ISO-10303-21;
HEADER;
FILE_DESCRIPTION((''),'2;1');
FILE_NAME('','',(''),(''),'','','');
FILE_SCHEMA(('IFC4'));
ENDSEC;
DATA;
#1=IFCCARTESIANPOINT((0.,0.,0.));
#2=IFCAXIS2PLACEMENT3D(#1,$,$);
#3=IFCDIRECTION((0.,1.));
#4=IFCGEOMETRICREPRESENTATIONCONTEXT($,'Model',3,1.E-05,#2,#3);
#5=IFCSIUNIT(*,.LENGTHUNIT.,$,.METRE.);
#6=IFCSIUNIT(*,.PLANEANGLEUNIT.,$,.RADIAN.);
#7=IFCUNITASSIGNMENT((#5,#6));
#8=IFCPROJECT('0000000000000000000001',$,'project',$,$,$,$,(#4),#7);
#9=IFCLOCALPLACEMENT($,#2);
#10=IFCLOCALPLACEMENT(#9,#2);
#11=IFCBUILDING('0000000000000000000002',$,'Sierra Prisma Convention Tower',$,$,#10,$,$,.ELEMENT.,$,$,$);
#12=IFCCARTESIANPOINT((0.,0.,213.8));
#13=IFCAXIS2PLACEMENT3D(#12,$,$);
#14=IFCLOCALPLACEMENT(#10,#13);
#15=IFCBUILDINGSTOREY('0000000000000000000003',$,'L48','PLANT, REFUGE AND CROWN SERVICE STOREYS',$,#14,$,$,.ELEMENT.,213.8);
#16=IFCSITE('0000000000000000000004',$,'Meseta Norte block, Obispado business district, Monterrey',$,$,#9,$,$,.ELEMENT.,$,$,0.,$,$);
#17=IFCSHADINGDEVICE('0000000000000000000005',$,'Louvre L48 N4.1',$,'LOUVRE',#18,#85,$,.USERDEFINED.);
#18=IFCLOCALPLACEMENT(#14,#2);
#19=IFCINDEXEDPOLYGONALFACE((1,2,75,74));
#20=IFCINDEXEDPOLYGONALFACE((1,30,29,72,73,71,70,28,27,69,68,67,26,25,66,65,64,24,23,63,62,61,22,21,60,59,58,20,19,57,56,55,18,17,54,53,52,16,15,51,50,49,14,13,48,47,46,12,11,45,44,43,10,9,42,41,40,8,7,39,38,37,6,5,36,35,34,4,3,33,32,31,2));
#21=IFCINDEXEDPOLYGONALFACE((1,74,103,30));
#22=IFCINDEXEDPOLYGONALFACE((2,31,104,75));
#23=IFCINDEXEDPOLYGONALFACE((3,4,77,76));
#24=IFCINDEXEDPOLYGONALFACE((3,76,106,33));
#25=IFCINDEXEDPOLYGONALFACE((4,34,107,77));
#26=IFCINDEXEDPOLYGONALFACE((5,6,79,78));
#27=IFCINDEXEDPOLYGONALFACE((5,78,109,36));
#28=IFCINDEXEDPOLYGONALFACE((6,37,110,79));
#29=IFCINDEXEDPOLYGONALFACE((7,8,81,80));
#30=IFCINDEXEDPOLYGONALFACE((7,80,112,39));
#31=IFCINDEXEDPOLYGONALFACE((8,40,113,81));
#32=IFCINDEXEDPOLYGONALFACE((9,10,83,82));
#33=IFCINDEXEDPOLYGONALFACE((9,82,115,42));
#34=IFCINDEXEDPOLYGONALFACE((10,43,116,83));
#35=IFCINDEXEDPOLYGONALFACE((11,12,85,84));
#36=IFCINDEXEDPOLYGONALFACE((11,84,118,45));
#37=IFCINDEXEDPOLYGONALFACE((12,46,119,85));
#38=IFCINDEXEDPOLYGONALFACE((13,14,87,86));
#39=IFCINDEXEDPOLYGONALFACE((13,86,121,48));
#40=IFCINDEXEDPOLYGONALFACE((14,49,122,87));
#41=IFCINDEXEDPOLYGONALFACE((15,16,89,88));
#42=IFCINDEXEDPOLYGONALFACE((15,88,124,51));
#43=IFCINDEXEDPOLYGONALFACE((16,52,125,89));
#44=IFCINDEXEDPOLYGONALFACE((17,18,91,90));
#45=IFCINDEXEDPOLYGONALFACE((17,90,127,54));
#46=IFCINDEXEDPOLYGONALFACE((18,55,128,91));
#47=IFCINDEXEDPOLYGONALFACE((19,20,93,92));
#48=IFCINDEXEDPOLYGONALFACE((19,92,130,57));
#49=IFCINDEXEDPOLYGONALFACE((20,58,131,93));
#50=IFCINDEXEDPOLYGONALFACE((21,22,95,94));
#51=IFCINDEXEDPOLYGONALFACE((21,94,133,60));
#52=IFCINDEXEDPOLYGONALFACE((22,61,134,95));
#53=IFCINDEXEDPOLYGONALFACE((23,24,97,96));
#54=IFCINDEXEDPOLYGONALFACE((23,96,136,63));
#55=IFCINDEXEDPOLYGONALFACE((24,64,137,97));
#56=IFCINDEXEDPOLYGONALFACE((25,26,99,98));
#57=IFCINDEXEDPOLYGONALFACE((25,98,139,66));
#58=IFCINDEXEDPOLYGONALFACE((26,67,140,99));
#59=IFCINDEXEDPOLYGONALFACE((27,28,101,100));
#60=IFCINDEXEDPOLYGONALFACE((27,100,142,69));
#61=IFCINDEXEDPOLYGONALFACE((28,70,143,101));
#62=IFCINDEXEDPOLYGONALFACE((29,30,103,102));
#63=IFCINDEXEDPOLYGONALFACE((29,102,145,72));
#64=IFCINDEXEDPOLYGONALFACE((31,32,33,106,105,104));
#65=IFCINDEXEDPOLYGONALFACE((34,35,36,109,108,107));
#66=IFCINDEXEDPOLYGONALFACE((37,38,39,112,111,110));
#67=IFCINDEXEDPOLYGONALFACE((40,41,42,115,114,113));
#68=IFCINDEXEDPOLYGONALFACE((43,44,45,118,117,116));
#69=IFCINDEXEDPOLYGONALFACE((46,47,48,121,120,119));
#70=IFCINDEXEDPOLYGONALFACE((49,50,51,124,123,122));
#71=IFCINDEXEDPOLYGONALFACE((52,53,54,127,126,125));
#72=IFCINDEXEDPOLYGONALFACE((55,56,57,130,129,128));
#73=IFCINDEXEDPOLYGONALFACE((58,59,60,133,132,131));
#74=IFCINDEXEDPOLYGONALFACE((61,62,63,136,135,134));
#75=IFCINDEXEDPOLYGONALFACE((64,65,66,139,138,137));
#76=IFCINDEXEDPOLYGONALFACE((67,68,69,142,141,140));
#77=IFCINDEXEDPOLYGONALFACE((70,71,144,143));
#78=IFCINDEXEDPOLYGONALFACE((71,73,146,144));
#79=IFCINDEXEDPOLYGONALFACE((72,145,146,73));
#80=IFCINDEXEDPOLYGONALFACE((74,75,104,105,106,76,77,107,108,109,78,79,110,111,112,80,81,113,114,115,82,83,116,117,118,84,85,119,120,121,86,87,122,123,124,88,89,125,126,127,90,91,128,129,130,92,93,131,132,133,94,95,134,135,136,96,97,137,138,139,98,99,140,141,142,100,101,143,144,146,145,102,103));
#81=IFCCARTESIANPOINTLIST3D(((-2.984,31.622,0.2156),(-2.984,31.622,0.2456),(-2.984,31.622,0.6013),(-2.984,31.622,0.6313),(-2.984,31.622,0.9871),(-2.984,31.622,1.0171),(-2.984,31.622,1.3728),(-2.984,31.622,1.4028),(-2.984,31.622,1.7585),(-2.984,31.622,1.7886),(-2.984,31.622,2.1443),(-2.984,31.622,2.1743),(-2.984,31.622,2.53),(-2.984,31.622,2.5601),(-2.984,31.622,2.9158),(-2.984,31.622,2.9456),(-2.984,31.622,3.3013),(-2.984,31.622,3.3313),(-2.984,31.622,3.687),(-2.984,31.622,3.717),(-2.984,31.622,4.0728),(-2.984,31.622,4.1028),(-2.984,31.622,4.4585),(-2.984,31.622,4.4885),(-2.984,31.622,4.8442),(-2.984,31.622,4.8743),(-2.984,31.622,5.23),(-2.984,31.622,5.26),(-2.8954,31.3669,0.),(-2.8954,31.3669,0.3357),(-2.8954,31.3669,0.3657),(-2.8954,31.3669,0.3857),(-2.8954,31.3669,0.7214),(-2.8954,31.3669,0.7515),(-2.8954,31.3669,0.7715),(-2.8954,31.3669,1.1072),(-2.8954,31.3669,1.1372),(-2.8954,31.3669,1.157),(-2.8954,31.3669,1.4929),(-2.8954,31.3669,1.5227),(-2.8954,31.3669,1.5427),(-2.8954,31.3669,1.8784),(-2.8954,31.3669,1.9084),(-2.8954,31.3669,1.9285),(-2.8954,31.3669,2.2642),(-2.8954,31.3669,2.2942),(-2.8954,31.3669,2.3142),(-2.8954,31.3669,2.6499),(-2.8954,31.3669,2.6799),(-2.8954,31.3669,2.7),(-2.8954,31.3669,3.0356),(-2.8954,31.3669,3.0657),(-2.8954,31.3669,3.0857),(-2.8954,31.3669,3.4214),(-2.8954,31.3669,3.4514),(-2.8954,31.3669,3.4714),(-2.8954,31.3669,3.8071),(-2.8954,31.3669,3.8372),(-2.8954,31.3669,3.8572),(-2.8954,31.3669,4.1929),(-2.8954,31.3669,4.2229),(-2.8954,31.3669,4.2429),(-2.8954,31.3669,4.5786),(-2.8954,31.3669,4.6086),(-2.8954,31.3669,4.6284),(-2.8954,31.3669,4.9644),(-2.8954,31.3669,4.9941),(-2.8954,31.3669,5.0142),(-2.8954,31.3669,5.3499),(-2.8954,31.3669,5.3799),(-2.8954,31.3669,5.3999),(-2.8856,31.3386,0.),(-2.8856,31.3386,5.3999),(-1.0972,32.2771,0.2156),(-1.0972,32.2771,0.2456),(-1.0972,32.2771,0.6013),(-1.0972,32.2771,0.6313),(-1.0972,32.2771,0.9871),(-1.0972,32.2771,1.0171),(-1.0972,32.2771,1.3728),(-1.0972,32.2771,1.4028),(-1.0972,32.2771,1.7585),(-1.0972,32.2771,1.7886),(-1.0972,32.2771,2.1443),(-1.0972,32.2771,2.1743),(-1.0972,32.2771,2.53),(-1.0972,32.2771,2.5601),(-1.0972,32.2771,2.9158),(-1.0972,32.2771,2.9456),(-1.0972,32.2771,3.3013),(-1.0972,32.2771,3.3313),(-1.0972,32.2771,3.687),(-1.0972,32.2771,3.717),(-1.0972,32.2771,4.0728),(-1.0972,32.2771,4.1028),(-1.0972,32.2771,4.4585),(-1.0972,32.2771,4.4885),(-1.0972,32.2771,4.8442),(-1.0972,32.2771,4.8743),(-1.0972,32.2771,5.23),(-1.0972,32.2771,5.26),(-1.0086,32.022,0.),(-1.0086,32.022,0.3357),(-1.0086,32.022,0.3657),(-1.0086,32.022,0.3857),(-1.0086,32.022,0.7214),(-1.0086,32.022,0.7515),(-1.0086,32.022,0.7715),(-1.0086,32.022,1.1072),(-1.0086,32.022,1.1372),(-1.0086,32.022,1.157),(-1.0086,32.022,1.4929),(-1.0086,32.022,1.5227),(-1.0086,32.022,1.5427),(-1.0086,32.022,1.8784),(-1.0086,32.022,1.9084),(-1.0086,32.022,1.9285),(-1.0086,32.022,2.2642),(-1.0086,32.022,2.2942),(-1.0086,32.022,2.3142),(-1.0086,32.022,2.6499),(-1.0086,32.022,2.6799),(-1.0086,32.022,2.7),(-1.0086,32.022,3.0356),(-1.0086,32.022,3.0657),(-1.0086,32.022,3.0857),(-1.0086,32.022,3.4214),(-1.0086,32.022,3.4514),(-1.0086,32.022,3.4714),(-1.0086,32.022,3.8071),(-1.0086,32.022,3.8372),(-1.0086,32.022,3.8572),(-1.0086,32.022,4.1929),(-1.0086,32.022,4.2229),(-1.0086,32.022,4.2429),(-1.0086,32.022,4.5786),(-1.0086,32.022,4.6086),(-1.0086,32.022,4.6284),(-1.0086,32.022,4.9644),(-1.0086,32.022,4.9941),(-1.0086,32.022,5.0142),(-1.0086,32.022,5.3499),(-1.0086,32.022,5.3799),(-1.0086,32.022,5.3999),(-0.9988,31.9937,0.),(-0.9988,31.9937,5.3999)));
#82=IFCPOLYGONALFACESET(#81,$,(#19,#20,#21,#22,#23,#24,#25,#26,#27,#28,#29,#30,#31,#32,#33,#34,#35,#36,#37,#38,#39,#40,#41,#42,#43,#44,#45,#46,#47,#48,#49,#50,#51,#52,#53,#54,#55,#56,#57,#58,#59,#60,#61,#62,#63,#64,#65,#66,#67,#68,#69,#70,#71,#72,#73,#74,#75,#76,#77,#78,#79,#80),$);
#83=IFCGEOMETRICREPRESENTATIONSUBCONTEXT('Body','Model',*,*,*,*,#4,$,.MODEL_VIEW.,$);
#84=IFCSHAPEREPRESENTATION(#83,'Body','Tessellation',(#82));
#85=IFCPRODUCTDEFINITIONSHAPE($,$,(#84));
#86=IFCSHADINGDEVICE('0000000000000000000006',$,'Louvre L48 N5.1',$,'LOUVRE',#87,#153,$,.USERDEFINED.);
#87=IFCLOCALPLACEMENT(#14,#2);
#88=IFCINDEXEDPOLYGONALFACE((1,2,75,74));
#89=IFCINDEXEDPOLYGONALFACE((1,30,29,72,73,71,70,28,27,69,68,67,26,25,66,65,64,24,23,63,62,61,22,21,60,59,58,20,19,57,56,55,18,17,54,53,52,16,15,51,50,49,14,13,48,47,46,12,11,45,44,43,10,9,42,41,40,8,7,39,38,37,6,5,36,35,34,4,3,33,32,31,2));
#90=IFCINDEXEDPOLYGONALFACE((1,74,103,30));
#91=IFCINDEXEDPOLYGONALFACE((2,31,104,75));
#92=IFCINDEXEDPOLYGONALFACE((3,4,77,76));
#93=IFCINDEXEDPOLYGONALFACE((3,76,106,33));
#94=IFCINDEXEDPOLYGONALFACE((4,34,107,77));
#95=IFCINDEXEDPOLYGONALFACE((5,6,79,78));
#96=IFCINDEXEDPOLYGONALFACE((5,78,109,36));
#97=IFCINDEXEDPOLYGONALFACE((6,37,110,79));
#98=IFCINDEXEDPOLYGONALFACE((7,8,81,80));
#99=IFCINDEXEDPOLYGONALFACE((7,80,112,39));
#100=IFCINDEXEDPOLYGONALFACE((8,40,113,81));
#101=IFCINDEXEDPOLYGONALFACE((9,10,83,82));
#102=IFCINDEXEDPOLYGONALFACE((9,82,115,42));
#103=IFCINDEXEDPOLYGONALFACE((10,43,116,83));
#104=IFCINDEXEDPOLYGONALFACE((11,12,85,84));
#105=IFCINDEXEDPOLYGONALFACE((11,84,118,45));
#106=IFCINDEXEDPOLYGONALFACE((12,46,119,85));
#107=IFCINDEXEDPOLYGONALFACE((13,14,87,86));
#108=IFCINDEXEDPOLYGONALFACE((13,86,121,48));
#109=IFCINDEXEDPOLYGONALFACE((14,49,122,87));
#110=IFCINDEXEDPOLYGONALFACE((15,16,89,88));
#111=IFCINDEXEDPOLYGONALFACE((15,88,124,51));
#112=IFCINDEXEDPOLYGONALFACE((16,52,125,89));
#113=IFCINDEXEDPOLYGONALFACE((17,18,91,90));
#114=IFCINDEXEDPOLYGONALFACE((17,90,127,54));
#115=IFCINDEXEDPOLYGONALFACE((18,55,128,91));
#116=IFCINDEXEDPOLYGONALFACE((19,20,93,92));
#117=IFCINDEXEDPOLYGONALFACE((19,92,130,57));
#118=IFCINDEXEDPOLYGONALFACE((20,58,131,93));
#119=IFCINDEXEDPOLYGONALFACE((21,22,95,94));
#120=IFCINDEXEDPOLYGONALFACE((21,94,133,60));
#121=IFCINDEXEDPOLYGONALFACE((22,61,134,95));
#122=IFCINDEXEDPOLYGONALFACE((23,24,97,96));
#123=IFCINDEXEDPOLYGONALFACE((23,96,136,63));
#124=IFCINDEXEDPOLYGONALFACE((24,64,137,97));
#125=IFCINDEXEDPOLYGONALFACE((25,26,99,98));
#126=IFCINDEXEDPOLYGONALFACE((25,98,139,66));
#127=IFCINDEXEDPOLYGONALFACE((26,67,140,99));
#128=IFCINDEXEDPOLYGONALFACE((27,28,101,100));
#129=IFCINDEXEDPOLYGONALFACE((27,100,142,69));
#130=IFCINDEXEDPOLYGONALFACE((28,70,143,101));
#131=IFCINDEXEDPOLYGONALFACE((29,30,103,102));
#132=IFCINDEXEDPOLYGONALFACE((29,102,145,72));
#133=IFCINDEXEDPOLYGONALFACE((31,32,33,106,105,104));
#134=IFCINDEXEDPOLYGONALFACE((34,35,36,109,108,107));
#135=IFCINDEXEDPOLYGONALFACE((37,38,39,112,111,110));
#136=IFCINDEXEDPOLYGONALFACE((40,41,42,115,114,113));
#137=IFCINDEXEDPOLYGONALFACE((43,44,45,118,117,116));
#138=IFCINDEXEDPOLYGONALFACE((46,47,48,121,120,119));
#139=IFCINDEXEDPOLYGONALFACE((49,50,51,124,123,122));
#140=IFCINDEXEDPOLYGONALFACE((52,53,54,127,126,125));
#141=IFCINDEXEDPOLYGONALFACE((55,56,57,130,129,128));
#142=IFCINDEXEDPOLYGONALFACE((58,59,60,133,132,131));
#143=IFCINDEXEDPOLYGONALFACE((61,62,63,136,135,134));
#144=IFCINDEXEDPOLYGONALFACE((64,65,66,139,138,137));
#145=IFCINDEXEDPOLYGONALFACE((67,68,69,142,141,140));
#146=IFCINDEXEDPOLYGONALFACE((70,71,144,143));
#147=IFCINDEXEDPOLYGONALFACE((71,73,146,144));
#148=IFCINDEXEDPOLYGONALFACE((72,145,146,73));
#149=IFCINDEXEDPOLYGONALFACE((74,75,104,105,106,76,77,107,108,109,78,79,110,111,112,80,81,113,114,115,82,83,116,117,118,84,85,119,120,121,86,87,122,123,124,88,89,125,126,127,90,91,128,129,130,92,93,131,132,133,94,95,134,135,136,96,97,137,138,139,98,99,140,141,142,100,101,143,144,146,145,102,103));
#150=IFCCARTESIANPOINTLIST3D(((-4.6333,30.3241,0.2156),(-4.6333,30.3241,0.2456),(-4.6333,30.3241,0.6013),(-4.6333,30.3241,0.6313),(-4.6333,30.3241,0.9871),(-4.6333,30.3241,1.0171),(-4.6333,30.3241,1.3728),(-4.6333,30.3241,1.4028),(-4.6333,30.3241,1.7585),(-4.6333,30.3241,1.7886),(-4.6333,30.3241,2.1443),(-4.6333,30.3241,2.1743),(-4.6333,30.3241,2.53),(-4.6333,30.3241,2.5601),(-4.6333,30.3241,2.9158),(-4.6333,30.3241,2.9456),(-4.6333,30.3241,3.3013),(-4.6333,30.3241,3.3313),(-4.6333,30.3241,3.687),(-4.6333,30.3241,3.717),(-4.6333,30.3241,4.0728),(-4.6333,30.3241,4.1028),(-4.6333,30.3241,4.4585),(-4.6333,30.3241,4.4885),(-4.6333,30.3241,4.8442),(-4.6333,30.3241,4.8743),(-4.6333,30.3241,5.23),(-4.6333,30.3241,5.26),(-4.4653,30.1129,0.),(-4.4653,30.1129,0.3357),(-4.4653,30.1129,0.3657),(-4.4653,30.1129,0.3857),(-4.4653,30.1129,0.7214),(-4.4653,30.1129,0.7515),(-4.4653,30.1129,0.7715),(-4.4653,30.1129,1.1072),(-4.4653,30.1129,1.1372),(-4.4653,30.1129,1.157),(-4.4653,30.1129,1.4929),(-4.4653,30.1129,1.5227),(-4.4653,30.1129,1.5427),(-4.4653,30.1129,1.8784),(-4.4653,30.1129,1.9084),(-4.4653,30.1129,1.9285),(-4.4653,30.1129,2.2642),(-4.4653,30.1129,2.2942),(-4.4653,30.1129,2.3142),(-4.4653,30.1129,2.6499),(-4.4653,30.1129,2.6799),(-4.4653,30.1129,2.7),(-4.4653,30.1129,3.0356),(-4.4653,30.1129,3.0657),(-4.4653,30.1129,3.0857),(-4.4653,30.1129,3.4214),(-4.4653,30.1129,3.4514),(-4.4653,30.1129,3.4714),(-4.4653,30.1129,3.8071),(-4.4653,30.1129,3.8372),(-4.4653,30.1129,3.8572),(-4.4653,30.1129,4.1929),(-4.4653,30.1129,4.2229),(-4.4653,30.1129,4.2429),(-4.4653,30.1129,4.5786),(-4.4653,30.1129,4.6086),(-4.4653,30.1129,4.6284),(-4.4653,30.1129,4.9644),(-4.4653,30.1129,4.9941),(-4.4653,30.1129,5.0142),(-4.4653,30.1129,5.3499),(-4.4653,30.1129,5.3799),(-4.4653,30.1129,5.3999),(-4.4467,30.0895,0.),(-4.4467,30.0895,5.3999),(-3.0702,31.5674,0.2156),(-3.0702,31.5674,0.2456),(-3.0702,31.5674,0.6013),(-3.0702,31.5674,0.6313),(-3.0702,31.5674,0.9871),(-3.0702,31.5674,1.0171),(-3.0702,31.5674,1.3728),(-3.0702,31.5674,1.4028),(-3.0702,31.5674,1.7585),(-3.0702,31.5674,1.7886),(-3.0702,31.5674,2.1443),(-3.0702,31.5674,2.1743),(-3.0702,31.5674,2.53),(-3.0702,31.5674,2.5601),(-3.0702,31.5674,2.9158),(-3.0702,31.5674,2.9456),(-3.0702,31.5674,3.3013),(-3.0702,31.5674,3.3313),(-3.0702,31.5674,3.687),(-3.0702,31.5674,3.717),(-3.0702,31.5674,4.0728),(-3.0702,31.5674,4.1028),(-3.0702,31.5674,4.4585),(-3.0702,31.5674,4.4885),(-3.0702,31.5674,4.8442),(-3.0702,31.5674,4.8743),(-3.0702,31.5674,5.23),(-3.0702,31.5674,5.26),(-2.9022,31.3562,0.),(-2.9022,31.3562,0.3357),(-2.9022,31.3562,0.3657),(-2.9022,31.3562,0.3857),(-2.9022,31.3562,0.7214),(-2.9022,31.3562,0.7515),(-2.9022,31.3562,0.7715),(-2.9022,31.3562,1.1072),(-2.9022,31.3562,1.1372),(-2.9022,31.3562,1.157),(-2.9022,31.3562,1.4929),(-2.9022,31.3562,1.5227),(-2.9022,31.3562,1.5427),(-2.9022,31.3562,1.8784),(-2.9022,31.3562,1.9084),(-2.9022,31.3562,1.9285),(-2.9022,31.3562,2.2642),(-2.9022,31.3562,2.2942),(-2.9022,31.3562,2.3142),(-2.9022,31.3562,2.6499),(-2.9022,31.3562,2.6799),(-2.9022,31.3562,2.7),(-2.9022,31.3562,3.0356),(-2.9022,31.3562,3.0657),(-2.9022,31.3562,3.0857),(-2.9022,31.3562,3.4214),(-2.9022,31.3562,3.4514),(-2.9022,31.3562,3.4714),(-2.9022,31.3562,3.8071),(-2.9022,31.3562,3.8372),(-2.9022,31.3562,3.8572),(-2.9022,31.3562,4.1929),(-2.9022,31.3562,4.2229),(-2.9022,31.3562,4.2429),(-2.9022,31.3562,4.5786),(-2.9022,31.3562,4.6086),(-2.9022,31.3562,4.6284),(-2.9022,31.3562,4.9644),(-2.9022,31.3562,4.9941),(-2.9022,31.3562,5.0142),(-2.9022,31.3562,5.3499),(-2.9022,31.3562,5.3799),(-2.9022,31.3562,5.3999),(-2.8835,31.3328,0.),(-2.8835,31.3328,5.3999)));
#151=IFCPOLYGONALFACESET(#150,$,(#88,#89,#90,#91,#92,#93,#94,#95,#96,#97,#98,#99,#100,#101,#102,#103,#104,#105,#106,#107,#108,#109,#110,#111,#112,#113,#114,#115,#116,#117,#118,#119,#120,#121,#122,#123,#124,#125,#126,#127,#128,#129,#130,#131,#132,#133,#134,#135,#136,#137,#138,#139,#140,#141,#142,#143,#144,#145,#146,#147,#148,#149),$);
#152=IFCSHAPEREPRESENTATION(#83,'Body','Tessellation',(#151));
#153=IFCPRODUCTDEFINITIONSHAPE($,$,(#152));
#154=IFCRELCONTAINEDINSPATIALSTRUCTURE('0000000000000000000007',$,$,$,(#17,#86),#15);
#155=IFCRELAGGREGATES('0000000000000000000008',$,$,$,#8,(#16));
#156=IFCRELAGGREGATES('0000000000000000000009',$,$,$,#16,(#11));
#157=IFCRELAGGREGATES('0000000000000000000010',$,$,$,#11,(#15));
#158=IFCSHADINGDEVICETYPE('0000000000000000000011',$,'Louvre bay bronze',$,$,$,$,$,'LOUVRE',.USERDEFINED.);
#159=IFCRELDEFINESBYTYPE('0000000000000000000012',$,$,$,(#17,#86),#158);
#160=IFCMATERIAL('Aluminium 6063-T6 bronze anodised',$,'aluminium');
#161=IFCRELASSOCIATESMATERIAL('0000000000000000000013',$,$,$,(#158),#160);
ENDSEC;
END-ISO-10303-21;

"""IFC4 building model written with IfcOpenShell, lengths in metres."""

from ifc_helpers import new_model, si_unit, direction, frame, origin, place, context, subcontext, project, spatial, polyline, outline, extrude, material, type_object, element, save


model = new_model("IFC4")

# Units and contexts
model_context = context("Model", 3, precision=1e-05, world=origin(), true_north=direction((0.0, 1.0)))
body_context = subcontext(model_context, "Body", "Model", "MODEL_VIEW")
ifc_project = project(units=[si_unit("LENGTHUNIT", "METRE"), si_unit("PLANEANGLEUNIT", "RADIAN")], contexts=[model_context])

# Site, building, storey
site_placement = place(None, origin())
site = spatial("IfcSite", under=ifc_project, at=site_placement, Name="Meseta Norte block, Obispado business district, Monterrey", CompositionType="ELEMENT", RefElevation=0.0)
building_placement = place(site_placement, origin())
building = spatial("IfcBuilding", under=site, at=building_placement, Name="Sierra Prisma Convention Tower", CompositionType="ELEMENT")
storey_placement = place(building_placement, frame((0.0, 0.0, 213.8)))
storey = spatial("IfcBuildingStorey", under=building, at=storey_placement, Name="L48", Description="PLANT, REFUGE AND CROWN SERVICE STOREYS", CompositionType="ELEMENT", Elevation=213.8)

# Shading devices
ifc_material_1 = material(Name="Aluminium 6063-T6 bronze anodised", Category="aluminium")
shading_device_type = type_object("IfcShadingDeviceType", Name="Louvre bay bronze", ElementType="LOUVRE", PredefinedType="USERDEFINED", material=ifc_material_1)
shading_device_1_placement = place(storey_placement, frame((-0.9988, 31.9937, 0.0), z_axis=(0.944682, 0.327988, 0.0), x_axis=(0.0, 0.0, 1.0)))
element("IfcShadingDevice", 1, at=shading_device_1_placement, inside=storey, type_object=shading_device_type, Name="Louvre L48 N4.1", ObjectType="LOUVRE", PredefinedType="USERDEFINED", context=body_context, shape_type="SweptSolid", body=[
    extrude(outline(polyline([(0.0, 0.0), (5.3999, 0.0), (5.3999, -0.03), (5.3799, -0.03), (5.26, -0.3), (5.23, -0.3), (5.3499, -0.03), (5.0142, -0.03), (4.9941, -0.03), (4.8743, -0.3), (4.8442, -0.3), (4.9644, -0.03), (4.6284, -0.03), (4.6086, -0.03), (4.4885, -0.3), (4.4585, -0.3), (4.5786, -0.03), (4.2429, -0.03), (4.2229, -0.03), (4.1028, -0.3), (4.0728, -0.3), (4.1929, -0.03), (3.8572, -0.03), (3.8372, -0.03), (3.717, -0.3), (3.687, -0.3), (3.8071, -0.03), (3.4714, -0.03), (3.4514, -0.03), (3.3313, -0.3), (3.3013, -0.3), (3.4214, -0.03), (3.0857, -0.03), (3.0657, -0.03), (2.9456, -0.3), (2.9158, -0.3), (3.0356, -0.03), (2.7, -0.03), (2.6799, -0.03), (2.5601, -0.3), (2.53, -0.3), (2.6499, -0.03), (2.3142, -0.03), (2.2942, -0.03), (2.1743, -0.3), (2.1443, -0.3), (2.2642, -0.03), (1.9285, -0.03), (1.9084, -0.03), (1.7886, -0.3), (1.7585, -0.3), (1.8784, -0.03), (1.5427, -0.03), (1.5227, -0.03), (1.4028, -0.3), (1.3728, -0.3), (1.4929, -0.03), (1.157, -0.03), (1.1372, -0.03), (1.0171, -0.3), (0.9871, -0.3), (1.1072, -0.03), (0.7715, -0.03), (0.7515, -0.03), (0.6313, -0.3), (0.6013, -0.3), (0.7214, -0.03), (0.3857, -0.03), (0.3657, -0.03), (0.2456, -0.3), (0.2156, -0.3), (0.3357, -0.03), (0.0, -0.03), (0.0, 0.0)])), origin(), (0.0, 0.0, -1.0), 1.9973),
])
shading_device_2_placement = place(storey_placement, frame((-2.8835, 31.3328, 0.0), z_axis=(0.782629, 0.622489, 0.0), x_axis=(0.0, 0.0, 1.0)))
element("IfcShadingDevice", 2, at=shading_device_2_placement, inside=storey, type_object=shading_device_type, Name="Louvre L48 N5.1", ObjectType="LOUVRE", PredefinedType="USERDEFINED", context=body_context, shape_type="SweptSolid", body=[
    extrude(outline(polyline([(0.0, 0.0), (5.3999, 0.0), (5.3999, -0.0299), (5.3799, -0.0299), (5.26, -0.2998), (5.23, -0.2998), (5.3499, -0.0299), (5.0142, -0.0299), (4.9941, -0.0299), (4.8743, -0.2998), (4.8442, -0.2998), (4.9644, -0.0299), (4.6284, -0.0299), (4.6086, -0.0299), (4.4885, -0.2998), (4.4585, -0.2998), (4.5786, -0.0299), (4.2429, -0.0299), (4.2229, -0.0299), (4.1028, -0.2998), (4.0728, -0.2998), (4.1929, -0.0299), (3.8572, -0.0299), (3.8372, -0.0299), (3.717, -0.2998), (3.687, -0.2998), (3.8071, -0.0299), (3.4714, -0.0299), (3.4514, -0.0299), (3.3313, -0.2998), (3.3013, -0.2998), (3.4214, -0.0299), (3.0857, -0.0299), (3.0657, -0.0299), (2.9456, -0.2998), (2.9158, -0.2998), (3.0356, -0.0299), (2.7, -0.0299), (2.6799, -0.0299), (2.5601, -0.2998), (2.53, -0.2998), (2.6499, -0.0299), (2.3142, -0.0299), (2.2942, -0.0299), (2.1743, -0.2998), (2.1443, -0.2998), (2.2642, -0.0299), (1.9285, -0.0299), (1.9084, -0.0299), (1.7886, -0.2998), (1.7585, -0.2998), (1.8784, -0.0299), (1.5427, -0.0299), (1.5227, -0.0299), (1.4028, -0.2998), (1.3728, -0.2998), (1.4929, -0.0299), (1.157, -0.0299), (1.1372, -0.0299), (1.0171, -0.2998), (0.9871, -0.2998), (1.1072, -0.0299), (0.7715, -0.0299), (0.7515, -0.0299), (0.6313, -0.2998), (0.6013, -0.2998), (0.7214, -0.0299), (0.3857, -0.0299), (0.3657, -0.0299), (0.2456, -0.2998), (0.2156, -0.2998), (0.3357, -0.0299), (0.0, -0.0299), (0.0, 0.0)])), origin(), (0.0, 0.0, -1.0), 1.9973),
])

save(model, "model.ifc")
